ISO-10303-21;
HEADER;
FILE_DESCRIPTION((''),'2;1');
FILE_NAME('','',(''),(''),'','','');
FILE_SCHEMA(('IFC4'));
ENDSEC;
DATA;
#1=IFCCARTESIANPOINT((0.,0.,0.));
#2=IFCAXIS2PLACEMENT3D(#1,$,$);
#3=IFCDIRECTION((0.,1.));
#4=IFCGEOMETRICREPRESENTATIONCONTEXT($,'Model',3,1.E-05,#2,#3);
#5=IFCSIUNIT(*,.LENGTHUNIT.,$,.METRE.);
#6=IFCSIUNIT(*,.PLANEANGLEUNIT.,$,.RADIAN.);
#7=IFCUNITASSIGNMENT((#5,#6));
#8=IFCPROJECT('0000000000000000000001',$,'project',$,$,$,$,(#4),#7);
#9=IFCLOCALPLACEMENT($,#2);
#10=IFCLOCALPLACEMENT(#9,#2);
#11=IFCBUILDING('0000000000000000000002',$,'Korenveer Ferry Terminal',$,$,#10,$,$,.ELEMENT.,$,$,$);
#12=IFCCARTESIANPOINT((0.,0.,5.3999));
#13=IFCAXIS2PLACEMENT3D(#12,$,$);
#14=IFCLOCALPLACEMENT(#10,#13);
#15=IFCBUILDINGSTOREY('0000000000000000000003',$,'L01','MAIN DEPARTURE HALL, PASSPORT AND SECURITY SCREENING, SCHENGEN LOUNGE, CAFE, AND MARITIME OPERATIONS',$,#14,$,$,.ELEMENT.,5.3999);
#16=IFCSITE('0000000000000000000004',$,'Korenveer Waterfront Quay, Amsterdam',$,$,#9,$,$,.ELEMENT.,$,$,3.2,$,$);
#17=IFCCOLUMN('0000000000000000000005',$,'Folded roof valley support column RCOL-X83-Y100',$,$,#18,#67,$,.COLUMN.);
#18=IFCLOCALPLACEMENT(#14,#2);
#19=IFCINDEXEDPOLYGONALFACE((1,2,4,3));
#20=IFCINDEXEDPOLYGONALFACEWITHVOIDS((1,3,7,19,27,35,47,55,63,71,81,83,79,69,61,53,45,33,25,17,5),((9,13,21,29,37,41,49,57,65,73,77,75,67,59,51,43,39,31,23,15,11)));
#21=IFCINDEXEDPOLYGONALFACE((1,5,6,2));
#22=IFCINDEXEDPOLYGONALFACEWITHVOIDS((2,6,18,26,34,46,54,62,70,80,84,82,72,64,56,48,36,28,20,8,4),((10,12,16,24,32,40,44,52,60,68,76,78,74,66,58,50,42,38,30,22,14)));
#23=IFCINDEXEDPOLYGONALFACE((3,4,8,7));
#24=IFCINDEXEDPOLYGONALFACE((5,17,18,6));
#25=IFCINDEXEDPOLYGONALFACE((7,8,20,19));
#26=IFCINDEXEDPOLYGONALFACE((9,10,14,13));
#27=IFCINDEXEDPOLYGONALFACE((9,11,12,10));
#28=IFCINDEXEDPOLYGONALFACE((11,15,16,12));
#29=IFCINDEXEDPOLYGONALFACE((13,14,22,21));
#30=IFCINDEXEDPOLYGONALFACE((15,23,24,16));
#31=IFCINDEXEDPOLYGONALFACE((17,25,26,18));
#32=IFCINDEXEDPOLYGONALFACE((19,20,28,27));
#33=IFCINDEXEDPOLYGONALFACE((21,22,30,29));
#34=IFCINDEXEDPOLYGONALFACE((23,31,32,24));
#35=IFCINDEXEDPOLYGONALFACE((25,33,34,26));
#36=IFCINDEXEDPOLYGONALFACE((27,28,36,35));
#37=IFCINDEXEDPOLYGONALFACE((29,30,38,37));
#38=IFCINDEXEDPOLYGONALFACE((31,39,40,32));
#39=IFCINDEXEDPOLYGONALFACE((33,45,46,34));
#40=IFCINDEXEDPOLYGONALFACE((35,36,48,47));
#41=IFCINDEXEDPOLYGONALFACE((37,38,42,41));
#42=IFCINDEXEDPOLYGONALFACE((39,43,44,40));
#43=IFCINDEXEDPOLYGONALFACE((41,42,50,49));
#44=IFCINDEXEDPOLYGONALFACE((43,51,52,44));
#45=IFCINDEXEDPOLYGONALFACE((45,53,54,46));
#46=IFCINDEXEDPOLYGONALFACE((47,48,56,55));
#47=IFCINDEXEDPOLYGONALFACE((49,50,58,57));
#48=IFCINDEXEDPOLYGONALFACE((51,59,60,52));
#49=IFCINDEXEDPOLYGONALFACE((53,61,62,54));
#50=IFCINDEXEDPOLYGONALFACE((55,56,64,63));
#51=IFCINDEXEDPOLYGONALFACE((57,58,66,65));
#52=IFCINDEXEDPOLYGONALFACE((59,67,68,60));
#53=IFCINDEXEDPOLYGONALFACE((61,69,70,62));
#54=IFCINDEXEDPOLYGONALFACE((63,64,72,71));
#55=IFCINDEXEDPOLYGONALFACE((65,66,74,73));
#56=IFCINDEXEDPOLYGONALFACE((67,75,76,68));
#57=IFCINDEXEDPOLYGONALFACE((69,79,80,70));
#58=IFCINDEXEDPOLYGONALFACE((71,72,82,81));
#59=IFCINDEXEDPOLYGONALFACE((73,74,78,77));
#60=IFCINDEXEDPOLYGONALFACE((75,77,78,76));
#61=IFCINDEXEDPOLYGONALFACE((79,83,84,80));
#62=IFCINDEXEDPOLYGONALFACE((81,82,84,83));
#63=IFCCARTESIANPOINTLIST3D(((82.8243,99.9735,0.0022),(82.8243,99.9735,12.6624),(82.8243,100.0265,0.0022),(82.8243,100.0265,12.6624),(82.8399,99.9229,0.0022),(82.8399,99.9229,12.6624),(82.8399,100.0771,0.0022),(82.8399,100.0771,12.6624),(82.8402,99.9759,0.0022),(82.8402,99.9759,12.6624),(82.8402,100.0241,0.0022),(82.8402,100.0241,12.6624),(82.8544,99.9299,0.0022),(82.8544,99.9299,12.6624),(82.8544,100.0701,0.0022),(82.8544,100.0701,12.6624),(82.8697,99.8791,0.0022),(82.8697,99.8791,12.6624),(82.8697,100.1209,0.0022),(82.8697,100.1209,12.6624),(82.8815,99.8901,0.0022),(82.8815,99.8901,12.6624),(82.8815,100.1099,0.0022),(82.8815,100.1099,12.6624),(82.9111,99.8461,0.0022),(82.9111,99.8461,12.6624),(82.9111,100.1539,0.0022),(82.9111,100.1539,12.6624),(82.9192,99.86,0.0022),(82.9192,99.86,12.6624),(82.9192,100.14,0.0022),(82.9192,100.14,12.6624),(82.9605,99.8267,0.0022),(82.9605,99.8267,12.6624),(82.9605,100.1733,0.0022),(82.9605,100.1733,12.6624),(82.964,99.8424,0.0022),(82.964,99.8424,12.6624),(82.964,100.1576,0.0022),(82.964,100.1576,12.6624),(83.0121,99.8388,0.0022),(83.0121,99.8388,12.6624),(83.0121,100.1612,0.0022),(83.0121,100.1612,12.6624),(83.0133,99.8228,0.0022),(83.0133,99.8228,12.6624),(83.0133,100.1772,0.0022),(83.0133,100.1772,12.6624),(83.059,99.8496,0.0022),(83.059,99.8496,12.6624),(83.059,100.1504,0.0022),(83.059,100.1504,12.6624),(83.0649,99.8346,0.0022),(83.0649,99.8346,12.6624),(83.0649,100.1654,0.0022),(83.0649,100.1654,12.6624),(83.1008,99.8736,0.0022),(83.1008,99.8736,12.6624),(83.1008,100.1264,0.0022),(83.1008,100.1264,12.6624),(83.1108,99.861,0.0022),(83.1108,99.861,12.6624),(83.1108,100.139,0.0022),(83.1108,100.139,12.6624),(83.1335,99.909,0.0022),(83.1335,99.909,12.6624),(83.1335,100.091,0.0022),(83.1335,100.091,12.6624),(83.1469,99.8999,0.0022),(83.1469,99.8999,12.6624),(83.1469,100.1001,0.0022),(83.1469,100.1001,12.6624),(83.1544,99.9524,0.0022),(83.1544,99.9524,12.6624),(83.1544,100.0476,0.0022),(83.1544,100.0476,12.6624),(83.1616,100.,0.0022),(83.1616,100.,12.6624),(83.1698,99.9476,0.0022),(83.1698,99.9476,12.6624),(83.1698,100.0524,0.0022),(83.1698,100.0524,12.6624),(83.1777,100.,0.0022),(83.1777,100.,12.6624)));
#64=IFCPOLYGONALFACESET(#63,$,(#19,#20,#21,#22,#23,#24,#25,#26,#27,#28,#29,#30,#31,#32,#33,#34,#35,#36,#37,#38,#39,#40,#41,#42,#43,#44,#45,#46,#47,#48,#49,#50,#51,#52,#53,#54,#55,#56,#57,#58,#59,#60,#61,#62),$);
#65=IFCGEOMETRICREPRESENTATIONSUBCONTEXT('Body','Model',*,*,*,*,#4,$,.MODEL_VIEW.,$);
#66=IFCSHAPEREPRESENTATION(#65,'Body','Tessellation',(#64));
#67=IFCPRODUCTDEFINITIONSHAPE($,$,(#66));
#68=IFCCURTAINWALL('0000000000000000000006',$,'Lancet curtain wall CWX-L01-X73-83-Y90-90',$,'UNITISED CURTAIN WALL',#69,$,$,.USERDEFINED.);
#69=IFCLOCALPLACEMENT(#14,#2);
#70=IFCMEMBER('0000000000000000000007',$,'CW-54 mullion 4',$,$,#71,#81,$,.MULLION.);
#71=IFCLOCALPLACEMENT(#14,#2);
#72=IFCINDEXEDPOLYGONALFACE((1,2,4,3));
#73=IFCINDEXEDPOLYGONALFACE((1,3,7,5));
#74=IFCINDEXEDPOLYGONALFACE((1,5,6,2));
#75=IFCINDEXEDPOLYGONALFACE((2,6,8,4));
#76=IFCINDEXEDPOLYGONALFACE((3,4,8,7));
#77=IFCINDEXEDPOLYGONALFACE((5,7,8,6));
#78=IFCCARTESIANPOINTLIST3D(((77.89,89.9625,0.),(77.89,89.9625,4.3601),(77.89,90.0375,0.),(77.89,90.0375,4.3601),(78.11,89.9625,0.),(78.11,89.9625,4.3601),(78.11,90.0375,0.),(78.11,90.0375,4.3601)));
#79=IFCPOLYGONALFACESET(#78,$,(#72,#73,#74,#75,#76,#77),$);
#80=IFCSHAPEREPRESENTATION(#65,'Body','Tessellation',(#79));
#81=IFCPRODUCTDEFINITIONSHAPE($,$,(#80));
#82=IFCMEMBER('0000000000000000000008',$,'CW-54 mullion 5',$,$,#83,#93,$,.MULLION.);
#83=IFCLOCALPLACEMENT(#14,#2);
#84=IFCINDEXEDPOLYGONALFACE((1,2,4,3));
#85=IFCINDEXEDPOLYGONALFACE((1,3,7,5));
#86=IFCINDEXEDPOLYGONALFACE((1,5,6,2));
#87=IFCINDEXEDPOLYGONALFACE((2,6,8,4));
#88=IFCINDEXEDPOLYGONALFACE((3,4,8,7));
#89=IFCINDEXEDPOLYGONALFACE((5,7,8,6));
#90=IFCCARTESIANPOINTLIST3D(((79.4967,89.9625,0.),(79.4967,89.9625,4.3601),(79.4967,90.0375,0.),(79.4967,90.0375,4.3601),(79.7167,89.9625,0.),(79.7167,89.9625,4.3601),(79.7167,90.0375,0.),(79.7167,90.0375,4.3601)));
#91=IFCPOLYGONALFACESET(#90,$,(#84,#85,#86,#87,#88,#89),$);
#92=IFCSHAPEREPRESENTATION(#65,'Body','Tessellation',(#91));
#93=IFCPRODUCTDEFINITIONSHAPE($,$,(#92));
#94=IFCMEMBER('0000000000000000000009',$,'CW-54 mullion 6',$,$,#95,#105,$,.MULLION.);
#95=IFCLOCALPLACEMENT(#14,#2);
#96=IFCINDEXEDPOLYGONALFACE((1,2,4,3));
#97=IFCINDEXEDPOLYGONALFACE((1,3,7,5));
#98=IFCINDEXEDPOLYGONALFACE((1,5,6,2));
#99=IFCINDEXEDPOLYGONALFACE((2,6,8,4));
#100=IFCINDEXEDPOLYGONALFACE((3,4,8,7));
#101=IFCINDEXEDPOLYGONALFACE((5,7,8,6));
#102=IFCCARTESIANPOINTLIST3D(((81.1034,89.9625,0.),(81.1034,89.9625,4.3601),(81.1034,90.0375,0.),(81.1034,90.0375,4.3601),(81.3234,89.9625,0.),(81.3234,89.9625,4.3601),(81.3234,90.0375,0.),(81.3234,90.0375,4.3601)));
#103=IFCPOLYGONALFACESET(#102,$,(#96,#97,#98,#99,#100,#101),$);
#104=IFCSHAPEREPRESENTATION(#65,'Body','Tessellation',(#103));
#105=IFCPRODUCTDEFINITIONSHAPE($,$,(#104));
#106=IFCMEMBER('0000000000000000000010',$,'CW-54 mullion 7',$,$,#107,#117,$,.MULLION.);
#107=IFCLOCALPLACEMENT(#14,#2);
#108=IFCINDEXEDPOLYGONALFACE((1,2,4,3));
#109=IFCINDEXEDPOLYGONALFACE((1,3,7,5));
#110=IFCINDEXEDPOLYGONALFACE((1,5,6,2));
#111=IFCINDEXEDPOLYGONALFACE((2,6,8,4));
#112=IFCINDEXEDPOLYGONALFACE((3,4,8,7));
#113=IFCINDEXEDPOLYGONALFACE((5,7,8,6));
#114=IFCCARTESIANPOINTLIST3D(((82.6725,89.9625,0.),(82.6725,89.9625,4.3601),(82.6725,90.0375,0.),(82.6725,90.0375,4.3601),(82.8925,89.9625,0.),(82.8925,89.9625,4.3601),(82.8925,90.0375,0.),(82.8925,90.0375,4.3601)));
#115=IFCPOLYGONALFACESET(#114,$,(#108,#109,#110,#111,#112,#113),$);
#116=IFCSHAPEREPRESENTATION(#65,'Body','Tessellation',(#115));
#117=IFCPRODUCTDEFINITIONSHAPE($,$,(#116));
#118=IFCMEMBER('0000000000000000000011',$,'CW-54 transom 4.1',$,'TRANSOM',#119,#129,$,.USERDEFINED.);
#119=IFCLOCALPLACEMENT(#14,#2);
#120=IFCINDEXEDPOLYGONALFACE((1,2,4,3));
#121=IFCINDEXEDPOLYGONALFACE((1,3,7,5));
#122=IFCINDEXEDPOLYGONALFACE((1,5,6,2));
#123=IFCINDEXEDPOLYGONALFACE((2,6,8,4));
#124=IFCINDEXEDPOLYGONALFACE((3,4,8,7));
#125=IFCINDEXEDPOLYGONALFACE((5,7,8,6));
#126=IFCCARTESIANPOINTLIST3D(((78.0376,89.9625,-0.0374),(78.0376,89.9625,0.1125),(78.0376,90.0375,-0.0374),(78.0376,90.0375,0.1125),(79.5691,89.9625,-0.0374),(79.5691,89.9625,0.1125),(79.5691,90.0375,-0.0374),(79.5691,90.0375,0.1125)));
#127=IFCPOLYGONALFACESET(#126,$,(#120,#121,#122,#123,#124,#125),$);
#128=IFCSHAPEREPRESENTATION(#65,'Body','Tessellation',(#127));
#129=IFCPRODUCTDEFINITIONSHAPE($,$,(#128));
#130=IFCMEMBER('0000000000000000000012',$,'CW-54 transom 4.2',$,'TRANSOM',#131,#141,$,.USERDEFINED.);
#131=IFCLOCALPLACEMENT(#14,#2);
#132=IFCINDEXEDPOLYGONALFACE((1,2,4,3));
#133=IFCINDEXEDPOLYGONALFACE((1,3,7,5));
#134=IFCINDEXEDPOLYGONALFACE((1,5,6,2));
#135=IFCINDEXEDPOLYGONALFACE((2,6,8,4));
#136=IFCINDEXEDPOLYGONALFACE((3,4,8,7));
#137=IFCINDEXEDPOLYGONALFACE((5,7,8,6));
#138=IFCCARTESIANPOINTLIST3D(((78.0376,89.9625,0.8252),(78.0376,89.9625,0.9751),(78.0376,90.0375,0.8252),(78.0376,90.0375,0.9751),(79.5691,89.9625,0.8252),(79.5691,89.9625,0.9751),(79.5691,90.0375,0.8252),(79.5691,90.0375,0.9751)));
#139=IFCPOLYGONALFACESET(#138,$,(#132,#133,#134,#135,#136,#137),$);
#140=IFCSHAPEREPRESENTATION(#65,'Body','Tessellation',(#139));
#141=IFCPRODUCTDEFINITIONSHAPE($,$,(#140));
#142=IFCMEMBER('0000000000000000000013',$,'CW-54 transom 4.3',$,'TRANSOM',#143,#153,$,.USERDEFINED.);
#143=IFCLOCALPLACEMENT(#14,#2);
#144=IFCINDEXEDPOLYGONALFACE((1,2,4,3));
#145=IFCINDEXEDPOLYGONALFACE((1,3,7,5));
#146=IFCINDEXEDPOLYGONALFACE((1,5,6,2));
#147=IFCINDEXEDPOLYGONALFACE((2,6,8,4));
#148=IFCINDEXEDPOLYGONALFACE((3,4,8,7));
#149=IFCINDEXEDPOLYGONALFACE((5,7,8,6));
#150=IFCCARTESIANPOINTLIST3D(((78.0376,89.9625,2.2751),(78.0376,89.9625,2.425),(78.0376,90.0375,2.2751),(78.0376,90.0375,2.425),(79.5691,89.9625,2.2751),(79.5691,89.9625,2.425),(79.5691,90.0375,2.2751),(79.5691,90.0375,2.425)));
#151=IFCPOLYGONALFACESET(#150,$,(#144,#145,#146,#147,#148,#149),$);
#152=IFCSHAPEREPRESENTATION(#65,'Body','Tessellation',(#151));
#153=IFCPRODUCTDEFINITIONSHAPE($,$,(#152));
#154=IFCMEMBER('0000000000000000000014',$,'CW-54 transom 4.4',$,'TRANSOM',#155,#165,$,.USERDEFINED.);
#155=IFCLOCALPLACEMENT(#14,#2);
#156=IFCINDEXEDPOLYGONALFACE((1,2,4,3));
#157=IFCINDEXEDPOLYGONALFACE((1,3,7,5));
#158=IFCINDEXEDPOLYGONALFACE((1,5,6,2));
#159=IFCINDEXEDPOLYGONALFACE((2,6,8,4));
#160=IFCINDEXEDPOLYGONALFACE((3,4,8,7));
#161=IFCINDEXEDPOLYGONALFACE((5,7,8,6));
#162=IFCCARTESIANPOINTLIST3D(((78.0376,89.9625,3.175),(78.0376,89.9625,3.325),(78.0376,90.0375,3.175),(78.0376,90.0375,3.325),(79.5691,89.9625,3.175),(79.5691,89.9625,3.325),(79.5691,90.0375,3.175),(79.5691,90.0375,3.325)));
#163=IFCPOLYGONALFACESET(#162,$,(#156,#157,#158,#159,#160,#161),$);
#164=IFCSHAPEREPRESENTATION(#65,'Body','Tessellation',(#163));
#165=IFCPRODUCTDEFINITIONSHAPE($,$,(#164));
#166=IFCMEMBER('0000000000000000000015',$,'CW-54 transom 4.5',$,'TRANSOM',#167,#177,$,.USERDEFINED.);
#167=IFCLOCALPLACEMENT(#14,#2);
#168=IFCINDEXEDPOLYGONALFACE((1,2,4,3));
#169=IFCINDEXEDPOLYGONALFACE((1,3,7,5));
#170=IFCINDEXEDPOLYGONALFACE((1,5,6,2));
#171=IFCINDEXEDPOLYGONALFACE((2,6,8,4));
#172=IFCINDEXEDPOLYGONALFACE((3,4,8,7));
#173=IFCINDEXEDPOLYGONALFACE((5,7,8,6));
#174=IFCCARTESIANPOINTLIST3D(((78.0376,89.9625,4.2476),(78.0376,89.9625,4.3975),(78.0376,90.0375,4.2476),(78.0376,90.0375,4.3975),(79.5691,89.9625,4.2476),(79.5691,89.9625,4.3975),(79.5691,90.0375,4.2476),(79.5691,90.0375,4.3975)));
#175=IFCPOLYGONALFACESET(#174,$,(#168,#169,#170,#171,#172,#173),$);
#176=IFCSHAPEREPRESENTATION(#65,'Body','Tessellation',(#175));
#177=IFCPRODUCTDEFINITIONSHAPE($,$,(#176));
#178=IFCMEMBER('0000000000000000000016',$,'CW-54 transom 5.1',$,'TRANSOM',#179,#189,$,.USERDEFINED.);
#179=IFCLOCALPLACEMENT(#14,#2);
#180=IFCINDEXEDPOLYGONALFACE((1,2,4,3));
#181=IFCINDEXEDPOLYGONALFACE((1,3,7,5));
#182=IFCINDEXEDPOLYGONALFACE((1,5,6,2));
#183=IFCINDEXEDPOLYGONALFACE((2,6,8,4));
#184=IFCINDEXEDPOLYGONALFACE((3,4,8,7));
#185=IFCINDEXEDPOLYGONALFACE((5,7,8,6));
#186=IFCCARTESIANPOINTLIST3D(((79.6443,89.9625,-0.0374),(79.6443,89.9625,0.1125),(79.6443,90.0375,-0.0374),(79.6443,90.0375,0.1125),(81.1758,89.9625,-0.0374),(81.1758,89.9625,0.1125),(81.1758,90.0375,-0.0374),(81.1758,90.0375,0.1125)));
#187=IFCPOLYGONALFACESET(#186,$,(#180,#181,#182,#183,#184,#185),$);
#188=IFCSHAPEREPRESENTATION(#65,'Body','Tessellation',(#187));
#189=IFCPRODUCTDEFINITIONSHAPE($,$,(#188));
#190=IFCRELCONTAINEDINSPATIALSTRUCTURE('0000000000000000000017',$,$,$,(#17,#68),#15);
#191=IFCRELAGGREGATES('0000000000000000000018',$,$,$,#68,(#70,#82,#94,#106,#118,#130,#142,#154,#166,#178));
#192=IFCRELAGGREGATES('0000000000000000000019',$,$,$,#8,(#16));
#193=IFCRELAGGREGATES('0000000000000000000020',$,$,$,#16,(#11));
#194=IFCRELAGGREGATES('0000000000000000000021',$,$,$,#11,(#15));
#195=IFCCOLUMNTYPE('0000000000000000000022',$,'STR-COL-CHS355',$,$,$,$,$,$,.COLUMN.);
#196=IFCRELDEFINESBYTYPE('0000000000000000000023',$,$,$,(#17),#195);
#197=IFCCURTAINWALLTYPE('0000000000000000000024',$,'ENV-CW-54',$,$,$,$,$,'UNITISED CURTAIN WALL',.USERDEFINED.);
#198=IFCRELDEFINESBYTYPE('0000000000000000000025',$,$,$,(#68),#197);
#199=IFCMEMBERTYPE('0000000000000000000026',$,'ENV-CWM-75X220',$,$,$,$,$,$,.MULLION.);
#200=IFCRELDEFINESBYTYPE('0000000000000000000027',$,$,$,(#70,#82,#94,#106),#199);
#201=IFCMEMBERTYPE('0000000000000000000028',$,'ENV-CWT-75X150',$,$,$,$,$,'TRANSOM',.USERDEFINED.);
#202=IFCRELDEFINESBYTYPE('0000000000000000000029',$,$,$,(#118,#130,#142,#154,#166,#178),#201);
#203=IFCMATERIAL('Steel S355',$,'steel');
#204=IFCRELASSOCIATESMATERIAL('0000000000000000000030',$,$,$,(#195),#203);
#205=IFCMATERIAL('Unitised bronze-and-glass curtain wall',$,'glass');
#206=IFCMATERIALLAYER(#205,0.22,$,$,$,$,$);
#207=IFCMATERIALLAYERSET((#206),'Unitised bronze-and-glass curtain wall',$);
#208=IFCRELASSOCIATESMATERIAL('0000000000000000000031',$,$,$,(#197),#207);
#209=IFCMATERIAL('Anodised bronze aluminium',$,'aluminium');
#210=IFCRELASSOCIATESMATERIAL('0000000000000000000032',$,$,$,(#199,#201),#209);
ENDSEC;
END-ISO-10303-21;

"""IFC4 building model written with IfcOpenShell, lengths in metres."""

from ifc_helpers import new_model, si_unit, direction, frame, origin, origin_2d, place, context, subcontext, project, spatial, rectangle, hollow_circle, extrude, material, layer, layer_set, material_profile, profile_set, type_object, element, aggregate, save


model = new_model("IFC4")

# Units and contexts
model_context = context("Model", 3, precision=1e-05, world=origin(), true_north=direction((0.0, 1.0)))
body_context = subcontext(model_context, "Body", "Model", "MODEL_VIEW")
ifc_project = project(units=[si_unit("LENGTHUNIT", "METRE"), si_unit("PLANEANGLEUNIT", "RADIAN")], contexts=[model_context])

# Site, building, storey
site_placement = place(None, origin())
site = spatial("IfcSite", under=ifc_project, at=site_placement, Name="Korenveer Waterfront Quay, Amsterdam", CompositionType="ELEMENT", RefElevation=3.2)
building_placement = place(site_placement, origin())
building = spatial("IfcBuilding", under=site, at=building_placement, Name="Korenveer Ferry Terminal", CompositionType="ELEMENT")
storey_placement = place(building_placement, frame((0.0, 0.0, 5.3999)))
storey = spatial("IfcBuildingStorey", under=building, at=storey_placement, Name="L01", Description="MAIN DEPARTURE HALL, PASSPORT AND SECURITY SCREENING, SCHENGEN LOUNGE, CAFE, AND MARITIME OPERATIONS", CompositionType="ELEMENT", Elevation=5.3999)

# Column
ifc_material_1 = material(Name="Steel S355", Category="steel")
ifc_material_profile_1 = material_profile(ifc_material_1, hollow_circle(Radius=0.1777, WallThickness=0.0161, at=origin_2d()), Name="CHS 355.6x16")
ifc_profile_set_1 = profile_set([ifc_material_profile_1], Name="Steel S355")
column_type = type_object("IfcColumnType", Name="STR-COL-CHS355", PredefinedType="COLUMN", material=ifc_profile_set_1)
column_placement = place(storey_placement, frame((83.0, 100.0, 0.0022), z_axis=(0.0, 0.0, 1.0), x_axis=(1.0, 0.0, 0.0)))
element("IfcColumn", 1, at=column_placement, inside=storey, type_object=column_type, Name="Folded roof valley support column RCOL-X83-Y100", PredefinedType="COLUMN", context=body_context, shape_type="SweptSolid", body=[
    extrude(hollow_circle(Radius=0.1777, WallThickness=0.0161, at=origin_2d()), origin(), (0.0, 0.0, 1.0), 12.6602),
])

# Curtain wall, members
ifc_material_2 = material(Name="Unitised bronze-and-glass curtain wall", Category="glass")
ifc_layer_1 = layer(ifc_material_2, 0.22)
ifc_layer_set_1 = layer_set([ifc_layer_1], Name="Unitised bronze-and-glass curtain wall")
curtain_wall_type = type_object("IfcCurtainWallType", Name="ENV-CW-54", ElementType="UNITISED CURTAIN WALL", PredefinedType="USERDEFINED", material=ifc_layer_set_1)
curtain_wall_placement = place(storey_placement, frame((73.1799, 90.0, 0.0)))
curtain_wall = element("IfcCurtainWall", 2, at=curtain_wall_placement, inside=storey, type_object=curtain_wall_type, Name="Lancet curtain wall CWX-L01-X73-83-Y90-90", ObjectType="UNITISED CURTAIN WALL", PredefinedType="USERDEFINED")
ifc_material_3 = material(Name="Anodised bronze aluminium", Category="aluminium")
ifc_material_profile_2 = material_profile(ifc_material_3, rectangle(XDim=0.075, YDim=0.22, at=origin_2d()), Name="ALU 75x220")
ifc_profile_set_2 = profile_set([ifc_material_profile_2], Name="Anodised bronze aluminium")
member_type_1 = type_object("IfcMemberType", Name="ENV-CWM-75X220", PredefinedType="MULLION", material=ifc_profile_set_2)
member_1_placement = place(storey_placement, frame((78.0, 90.0, 0.0), z_axis=(0.0, 0.0, 1.0), x_axis=(0.0, 1.0, 0.0)))
member_1 = element("IfcMember", 3, at=member_1_placement, type_object=member_type_1, Name="CW-54 mullion 4", PredefinedType="MULLION", context=body_context, shape_type="SweptSolid", body=[
    extrude(rectangle(XDim=0.075, YDim=0.22, at=origin_2d()), origin(), (0.0, 0.0, 1.0), 4.3601),
])
member_2_placement = place(storey_placement, frame((79.6067, 90.0, 0.0), z_axis=(0.0, 0.0, 1.0), x_axis=(0.0, 1.0, 0.0)))
member_2 = element("IfcMember", 4, at=member_2_placement, type_object=member_type_1, Name="CW-54 mullion 5", PredefinedType="MULLION", context=body_context, shape_type="SweptSolid", body=[
    extrude(rectangle(XDim=0.075, YDim=0.22, at=origin_2d()), origin(), (0.0, 0.0, 1.0), 4.3601),
])
member_3_placement = place(storey_placement, frame((81.2134, 90.0, 0.0), z_axis=(0.0, 0.0, 1.0), x_axis=(0.0, 1.0, 0.0)))
member_3 = element("IfcMember", 5, at=member_3_placement, type_object=member_type_1, Name="CW-54 mullion 6", PredefinedType="MULLION", context=body_context, shape_type="SweptSolid", body=[
    extrude(rectangle(XDim=0.075, YDim=0.22, at=origin_2d()), origin(), (0.0, 0.0, 1.0), 4.3601),
])
member_4_placement = place(storey_placement, frame((82.7825, 90.0, 0.0), z_axis=(0.0, 0.0, 1.0), x_axis=(0.0, 1.0, 0.0)))
member_4 = element("IfcMember", 6, at=member_4_placement, type_object=member_type_1, Name="CW-54 mullion 7", PredefinedType="MULLION", context=body_context, shape_type="SweptSolid", body=[
    extrude(rectangle(XDim=0.075, YDim=0.22, at=origin_2d()), origin(), (0.0, 0.0, 1.0), 4.3601),
])
ifc_material_profile_3 = material_profile(ifc_material_3, rectangle(XDim=0.075, YDim=0.1499, at=origin_2d()), Name="ALU 75x150")
ifc_profile_set_3 = profile_set([ifc_material_profile_3], Name="Anodised bronze aluminium")
member_type_2 = type_object("IfcMemberType", Name="ENV-CWT-75X150", ElementType="TRANSOM", PredefinedType="USERDEFINED", material=ifc_profile_set_3)
member_5_placement = place(storey_placement, frame((78.0376, 90.0, 0.0376), z_axis=(1.0, 0.0, 0.0), x_axis=(0.0, 1.0, 0.0)))
member_5 = element("IfcMember", 7, at=member_5_placement, type_object=member_type_2, Name="CW-54 transom 4.1", ObjectType="TRANSOM", PredefinedType="USERDEFINED", context=body_context, shape_type="SweptSolid", body=[
    extrude(rectangle(XDim=0.075, YDim=0.1499, at=origin_2d()), origin(), (0.0, 0.0, 1.0), 1.5315),
])
member_6_placement = place(storey_placement, frame((78.0376, 90.0, 0.9001), z_axis=(1.0, 0.0, 0.0), x_axis=(0.0, 1.0, 0.0)))
member_6 = element("IfcMember", 8, at=member_6_placement, type_object=member_type_2, Name="CW-54 transom 4.2", ObjectType="TRANSOM", PredefinedType="USERDEFINED", context=body_context, shape_type="SweptSolid", body=[
    extrude(rectangle(XDim=0.075, YDim=0.1499, at=origin_2d()), origin(), (0.0, 0.0, 1.0), 1.5315),
])
member_7_placement = place(storey_placement, frame((78.0376, 90.0, 2.3501), z_axis=(1.0, 0.0, 0.0), x_axis=(0.0, 1.0, 0.0)))
member_7 = element("IfcMember", 9, at=member_7_placement, type_object=member_type_2, Name="CW-54 transom 4.3", ObjectType="TRANSOM", PredefinedType="USERDEFINED", context=body_context, shape_type="SweptSolid", body=[
    extrude(rectangle(XDim=0.075, YDim=0.1499, at=origin_2d()), origin(), (0.0, 0.0, 1.0), 1.5315),
])
member_8_placement = place(storey_placement, frame((78.0376, 90.0, 3.25), z_axis=(1.0, 0.0, 0.0), x_axis=(0.0, 1.0, 0.0)))
member_8 = element("IfcMember", 10, at=member_8_placement, type_object=member_type_2, Name="CW-54 transom 4.4", ObjectType="TRANSOM", PredefinedType="USERDEFINED", context=body_context, shape_type="SweptSolid", body=[
    extrude(rectangle(XDim=0.075, YDim=0.1499, at=origin_2d()), origin(), (0.0, 0.0, 1.0), 1.5315),
])
member_9_placement = place(storey_placement, frame((78.0376, 90.0, 4.3225), z_axis=(1.0, 0.0, 0.0), x_axis=(0.0, 1.0, 0.0)))
member_9 = element("IfcMember", 11, at=member_9_placement, type_object=member_type_2, Name="CW-54 transom 4.5", ObjectType="TRANSOM", PredefinedType="USERDEFINED", context=body_context, shape_type="SweptSolid", body=[
    extrude(rectangle(XDim=0.075, YDim=0.1499, at=origin_2d()), origin(), (0.0, 0.0, 1.0), 1.5315),
])
member_10_placement = place(storey_placement, frame((79.6443, 90.0, 0.0376), z_axis=(1.0, 0.0, 0.0), x_axis=(0.0, 1.0, 0.0)))
member_10 = element("IfcMember", 12, at=member_10_placement, type_object=member_type_2, Name="CW-54 transom 5.1", ObjectType="TRANSOM", PredefinedType="USERDEFINED", context=body_context, shape_type="SweptSolid", body=[
    extrude(rectangle(XDim=0.075, YDim=0.1499, at=origin_2d()), origin(), (0.0, 0.0, 1.0), 1.5315),
])
aggregate(curtain_wall, [member_1, member_2, member_3, member_4, member_5, member_6, member_7, member_8, member_9, member_10])

save(model, "model.ifc")
